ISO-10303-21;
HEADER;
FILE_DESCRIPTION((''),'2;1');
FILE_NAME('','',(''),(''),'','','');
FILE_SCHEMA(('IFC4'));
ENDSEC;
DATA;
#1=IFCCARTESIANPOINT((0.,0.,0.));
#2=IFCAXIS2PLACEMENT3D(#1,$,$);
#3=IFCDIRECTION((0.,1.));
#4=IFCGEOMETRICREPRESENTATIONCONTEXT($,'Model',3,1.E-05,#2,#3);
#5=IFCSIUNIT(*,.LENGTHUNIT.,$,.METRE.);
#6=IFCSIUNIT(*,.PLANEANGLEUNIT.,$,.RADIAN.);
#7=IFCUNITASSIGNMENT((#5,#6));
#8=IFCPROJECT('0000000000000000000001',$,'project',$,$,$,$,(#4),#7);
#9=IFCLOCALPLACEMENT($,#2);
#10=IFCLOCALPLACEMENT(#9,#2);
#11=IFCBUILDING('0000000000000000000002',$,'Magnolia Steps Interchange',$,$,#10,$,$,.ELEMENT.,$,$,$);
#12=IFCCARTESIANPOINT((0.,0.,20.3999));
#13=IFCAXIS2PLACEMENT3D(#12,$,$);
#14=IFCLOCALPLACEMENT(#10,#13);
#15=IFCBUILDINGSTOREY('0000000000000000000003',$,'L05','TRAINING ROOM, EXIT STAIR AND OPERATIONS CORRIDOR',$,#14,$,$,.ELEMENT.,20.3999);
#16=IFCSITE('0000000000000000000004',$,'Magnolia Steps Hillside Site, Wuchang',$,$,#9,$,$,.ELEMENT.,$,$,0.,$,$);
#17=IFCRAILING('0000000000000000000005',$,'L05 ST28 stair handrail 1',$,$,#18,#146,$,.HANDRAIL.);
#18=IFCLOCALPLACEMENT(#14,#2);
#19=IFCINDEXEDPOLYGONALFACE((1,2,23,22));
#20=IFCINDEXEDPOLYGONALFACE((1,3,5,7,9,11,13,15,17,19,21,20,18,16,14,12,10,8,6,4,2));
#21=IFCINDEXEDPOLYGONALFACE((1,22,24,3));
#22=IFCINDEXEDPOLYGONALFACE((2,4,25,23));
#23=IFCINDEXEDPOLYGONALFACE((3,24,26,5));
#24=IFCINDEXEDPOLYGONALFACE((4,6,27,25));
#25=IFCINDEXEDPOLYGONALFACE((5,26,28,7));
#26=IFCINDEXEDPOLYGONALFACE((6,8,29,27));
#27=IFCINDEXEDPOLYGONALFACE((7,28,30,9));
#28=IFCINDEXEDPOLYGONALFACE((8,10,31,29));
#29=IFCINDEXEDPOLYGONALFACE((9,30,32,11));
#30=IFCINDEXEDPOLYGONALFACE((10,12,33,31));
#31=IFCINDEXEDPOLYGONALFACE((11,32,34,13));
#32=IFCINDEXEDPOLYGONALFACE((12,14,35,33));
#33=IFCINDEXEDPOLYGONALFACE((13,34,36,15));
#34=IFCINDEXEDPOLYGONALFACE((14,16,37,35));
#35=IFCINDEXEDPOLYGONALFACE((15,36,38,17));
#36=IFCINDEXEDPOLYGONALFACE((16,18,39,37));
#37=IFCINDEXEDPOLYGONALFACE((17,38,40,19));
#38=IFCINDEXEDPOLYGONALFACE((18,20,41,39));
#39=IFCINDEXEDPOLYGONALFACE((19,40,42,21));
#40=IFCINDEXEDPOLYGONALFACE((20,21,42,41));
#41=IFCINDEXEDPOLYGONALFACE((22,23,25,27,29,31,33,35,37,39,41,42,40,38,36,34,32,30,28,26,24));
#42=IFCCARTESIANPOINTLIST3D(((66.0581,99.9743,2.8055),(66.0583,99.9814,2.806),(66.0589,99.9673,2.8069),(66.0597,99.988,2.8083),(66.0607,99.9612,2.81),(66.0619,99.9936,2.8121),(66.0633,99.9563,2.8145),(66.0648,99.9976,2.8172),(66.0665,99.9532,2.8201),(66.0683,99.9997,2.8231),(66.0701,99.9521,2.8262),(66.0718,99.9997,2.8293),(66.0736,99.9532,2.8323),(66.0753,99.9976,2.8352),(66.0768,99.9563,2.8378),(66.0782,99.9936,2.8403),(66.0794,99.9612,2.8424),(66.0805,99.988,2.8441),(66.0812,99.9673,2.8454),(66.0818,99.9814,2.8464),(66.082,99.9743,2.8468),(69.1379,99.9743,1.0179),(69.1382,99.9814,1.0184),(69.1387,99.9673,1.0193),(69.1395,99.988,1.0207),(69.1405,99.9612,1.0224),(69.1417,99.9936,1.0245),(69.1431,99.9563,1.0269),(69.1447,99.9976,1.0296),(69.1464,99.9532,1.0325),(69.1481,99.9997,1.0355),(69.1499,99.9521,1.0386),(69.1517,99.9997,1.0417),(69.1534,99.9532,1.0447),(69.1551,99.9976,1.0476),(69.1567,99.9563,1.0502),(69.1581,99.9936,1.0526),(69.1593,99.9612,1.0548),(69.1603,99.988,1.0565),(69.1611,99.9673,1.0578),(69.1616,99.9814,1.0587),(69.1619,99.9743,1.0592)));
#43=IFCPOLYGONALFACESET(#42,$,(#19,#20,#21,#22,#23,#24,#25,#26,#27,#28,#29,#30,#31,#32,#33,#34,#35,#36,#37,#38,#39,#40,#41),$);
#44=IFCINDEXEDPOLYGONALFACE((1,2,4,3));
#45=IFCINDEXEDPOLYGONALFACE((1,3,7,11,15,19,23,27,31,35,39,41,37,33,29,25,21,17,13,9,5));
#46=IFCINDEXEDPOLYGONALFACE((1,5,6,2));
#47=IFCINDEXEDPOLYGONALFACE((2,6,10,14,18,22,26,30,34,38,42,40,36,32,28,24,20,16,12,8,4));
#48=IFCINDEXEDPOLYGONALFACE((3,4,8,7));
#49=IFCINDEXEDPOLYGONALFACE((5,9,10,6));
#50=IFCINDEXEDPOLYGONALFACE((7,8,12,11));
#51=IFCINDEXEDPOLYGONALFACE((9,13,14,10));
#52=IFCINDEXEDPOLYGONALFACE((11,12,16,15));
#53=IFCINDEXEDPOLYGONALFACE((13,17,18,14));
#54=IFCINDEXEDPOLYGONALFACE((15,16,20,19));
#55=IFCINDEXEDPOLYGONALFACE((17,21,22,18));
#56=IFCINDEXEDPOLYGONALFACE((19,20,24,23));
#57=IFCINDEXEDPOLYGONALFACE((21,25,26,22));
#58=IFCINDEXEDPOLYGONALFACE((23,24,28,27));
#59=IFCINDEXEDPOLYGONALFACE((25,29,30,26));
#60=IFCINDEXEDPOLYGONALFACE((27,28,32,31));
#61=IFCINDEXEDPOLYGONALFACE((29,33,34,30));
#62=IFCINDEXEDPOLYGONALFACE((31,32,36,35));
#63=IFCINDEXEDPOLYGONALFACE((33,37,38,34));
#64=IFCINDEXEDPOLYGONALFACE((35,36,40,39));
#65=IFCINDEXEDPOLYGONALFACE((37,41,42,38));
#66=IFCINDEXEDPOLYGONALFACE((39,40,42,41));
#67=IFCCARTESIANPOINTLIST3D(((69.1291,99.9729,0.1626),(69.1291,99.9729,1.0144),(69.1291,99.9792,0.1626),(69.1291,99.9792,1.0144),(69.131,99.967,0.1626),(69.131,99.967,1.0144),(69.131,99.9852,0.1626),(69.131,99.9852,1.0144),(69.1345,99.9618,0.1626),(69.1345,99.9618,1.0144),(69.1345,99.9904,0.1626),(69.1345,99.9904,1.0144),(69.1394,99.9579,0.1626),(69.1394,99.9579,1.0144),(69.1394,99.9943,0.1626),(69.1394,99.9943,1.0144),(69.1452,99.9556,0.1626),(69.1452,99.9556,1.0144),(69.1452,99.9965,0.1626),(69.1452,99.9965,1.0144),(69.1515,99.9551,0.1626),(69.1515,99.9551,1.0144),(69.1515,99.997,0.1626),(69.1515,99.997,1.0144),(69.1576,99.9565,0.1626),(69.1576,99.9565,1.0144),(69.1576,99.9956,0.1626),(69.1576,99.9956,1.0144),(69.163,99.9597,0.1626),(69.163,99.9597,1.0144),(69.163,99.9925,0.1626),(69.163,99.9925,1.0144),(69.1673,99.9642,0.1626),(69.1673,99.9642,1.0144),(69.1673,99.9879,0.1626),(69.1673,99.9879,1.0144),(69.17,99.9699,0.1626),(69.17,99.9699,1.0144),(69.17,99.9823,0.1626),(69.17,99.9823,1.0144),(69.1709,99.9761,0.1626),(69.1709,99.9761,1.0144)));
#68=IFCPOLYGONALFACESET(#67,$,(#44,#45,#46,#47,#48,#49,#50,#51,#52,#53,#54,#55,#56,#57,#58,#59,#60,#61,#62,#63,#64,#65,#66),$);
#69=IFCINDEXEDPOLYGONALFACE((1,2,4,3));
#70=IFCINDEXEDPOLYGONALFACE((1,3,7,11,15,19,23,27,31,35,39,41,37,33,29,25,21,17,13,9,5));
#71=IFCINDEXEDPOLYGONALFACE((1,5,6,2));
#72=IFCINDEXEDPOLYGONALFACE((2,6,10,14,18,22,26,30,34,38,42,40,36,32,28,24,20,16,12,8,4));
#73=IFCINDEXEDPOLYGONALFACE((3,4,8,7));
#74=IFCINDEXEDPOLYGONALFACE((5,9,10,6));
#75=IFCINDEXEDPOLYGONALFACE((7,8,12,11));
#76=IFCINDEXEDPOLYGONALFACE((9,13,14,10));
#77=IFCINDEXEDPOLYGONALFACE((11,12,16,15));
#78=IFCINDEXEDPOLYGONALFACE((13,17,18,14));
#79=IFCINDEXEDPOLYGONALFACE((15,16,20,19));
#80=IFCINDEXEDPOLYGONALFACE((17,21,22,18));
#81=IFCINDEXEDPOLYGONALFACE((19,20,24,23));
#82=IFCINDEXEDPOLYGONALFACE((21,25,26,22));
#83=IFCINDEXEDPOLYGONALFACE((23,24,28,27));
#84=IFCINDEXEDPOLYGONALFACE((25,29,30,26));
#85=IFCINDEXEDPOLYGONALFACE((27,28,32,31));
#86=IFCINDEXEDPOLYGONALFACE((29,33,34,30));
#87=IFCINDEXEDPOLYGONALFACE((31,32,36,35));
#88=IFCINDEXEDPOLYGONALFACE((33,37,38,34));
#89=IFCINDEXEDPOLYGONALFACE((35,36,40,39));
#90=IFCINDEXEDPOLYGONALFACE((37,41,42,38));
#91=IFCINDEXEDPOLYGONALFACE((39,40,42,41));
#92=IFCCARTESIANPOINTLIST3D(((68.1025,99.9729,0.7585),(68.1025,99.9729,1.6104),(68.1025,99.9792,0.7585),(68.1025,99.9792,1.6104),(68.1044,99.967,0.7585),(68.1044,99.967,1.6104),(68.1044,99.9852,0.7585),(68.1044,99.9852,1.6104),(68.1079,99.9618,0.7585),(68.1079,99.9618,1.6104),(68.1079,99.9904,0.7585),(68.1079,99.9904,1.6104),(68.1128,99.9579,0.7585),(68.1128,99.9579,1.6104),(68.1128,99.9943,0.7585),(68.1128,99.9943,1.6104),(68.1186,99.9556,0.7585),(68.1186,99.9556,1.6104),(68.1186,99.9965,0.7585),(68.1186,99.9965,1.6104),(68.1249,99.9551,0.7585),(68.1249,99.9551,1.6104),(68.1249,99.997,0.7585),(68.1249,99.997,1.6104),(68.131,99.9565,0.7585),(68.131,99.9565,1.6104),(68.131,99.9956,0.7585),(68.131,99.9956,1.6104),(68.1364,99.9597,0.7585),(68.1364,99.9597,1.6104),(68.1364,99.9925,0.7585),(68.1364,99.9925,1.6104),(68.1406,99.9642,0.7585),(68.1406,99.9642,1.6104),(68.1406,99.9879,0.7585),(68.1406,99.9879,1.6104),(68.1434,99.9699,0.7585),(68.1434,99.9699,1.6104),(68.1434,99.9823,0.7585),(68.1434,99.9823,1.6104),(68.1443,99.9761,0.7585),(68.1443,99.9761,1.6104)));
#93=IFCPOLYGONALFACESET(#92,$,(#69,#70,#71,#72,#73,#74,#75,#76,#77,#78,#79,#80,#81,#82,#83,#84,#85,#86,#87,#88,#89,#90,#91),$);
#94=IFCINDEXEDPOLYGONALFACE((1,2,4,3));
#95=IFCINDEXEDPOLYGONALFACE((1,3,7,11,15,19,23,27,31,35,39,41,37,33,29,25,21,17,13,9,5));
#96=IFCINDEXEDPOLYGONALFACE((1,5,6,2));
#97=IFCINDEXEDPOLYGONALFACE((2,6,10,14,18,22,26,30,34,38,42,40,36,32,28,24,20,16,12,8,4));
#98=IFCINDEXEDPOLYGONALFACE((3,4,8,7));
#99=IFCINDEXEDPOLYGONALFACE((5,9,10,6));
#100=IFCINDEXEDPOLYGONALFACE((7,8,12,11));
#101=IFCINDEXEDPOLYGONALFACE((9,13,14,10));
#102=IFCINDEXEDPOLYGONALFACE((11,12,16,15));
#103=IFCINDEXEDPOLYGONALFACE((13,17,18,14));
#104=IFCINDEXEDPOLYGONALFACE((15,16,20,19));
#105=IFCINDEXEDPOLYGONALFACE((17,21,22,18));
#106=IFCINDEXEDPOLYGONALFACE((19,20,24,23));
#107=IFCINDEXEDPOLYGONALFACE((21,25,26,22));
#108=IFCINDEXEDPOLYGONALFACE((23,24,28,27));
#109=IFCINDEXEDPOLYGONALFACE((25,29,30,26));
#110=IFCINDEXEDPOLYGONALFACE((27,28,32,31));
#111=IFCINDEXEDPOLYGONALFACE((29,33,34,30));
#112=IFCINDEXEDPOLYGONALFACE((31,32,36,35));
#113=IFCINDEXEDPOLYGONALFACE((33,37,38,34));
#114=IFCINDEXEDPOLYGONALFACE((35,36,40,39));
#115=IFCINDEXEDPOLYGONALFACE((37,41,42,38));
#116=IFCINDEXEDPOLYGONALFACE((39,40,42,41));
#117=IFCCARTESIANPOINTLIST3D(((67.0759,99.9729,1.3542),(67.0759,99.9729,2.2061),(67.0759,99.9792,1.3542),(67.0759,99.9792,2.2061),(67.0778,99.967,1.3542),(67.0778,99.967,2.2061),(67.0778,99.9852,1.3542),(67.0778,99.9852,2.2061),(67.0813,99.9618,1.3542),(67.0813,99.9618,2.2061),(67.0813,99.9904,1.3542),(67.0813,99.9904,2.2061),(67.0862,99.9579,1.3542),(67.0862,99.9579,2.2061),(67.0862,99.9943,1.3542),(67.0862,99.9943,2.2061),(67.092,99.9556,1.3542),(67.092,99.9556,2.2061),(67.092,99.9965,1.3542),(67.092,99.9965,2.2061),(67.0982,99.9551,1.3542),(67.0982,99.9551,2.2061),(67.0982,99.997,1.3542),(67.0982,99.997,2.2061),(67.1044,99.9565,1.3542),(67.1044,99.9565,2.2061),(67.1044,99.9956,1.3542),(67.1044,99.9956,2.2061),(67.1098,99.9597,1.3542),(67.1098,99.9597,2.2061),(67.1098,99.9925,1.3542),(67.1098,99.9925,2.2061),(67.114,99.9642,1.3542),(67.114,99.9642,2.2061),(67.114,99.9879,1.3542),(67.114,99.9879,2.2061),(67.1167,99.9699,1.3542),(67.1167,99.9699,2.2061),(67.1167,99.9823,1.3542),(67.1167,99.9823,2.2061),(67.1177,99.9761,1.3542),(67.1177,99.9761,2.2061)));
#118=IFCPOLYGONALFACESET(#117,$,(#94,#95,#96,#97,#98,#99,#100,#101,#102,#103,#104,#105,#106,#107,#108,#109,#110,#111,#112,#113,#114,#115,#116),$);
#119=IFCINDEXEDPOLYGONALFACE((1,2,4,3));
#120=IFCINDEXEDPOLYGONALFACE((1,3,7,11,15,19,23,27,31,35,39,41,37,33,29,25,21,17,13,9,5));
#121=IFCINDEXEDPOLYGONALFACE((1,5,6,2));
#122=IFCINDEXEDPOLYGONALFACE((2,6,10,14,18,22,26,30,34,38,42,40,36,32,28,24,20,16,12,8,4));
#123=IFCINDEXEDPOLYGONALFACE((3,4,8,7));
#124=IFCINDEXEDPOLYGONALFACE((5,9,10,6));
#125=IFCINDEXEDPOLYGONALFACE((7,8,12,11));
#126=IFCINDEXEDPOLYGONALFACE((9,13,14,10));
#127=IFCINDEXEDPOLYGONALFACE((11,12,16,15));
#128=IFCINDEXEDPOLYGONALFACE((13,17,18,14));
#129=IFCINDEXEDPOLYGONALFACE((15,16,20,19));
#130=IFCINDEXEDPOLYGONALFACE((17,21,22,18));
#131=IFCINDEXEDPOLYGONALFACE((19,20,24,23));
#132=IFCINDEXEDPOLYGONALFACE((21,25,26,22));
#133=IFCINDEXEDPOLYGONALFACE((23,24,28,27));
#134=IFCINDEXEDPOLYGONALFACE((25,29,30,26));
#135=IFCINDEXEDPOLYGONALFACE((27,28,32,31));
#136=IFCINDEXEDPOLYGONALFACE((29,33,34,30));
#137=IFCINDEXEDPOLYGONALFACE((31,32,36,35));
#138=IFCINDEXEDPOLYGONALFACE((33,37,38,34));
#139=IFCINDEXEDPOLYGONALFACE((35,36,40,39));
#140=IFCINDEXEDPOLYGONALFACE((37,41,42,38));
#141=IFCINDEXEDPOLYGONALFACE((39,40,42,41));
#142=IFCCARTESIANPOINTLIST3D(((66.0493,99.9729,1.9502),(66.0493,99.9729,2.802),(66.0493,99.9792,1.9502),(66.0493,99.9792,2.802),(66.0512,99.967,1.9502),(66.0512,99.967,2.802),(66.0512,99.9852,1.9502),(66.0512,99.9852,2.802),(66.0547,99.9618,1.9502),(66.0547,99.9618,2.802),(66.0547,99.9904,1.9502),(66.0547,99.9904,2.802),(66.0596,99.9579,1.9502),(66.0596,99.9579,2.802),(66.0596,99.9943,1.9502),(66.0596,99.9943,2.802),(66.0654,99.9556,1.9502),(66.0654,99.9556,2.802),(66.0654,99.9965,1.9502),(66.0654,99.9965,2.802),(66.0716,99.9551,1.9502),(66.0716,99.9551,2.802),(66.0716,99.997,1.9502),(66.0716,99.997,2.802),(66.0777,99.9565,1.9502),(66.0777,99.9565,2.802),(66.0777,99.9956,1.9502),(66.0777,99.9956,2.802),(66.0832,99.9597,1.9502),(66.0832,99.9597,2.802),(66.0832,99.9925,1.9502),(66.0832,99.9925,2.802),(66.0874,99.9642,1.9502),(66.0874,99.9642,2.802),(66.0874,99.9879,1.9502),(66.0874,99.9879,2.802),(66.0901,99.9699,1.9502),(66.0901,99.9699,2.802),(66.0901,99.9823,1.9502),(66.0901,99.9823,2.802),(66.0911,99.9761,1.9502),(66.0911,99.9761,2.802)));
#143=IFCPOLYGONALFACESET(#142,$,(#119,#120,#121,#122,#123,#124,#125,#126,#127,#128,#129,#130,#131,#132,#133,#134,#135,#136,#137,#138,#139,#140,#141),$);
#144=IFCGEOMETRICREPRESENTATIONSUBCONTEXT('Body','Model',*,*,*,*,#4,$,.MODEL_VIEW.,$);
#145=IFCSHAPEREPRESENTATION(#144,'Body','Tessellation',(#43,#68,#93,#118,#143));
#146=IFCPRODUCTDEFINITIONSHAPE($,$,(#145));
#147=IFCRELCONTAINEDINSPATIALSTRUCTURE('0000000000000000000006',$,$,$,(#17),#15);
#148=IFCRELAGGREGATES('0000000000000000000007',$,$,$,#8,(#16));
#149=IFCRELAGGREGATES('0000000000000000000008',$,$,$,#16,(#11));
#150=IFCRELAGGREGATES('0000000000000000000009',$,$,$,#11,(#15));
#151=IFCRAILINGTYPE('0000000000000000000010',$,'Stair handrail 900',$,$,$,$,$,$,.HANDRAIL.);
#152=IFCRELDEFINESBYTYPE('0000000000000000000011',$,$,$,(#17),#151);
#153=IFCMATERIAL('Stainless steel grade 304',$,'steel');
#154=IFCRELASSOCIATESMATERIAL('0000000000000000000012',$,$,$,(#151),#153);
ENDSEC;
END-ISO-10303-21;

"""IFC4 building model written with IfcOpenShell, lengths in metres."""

from ifc_helpers import new_model, si_unit, direction, frame, origin, origin_2d, place, context, subcontext, project, spatial, circle, extrude, material, type_object, element, save


model = new_model("IFC4")

# Units and contexts
model_context = context("Model", 3, precision=1e-05, world=origin(), true_north=direction((0.0, 1.0)))
body_context = subcontext(model_context, "Body", "Model", "MODEL_VIEW")
ifc_project = project(units=[si_unit("LENGTHUNIT", "METRE"), si_unit("PLANEANGLEUNIT", "RADIAN")], contexts=[model_context])

# Site, building, storey
site_placement = place(None, origin())
site = spatial("IfcSite", under=ifc_project, at=site_placement, Name="Magnolia Steps Hillside Site, Wuchang", CompositionType="ELEMENT", RefElevation=0.0)
building_placement = place(site_placement, origin())
building = spatial("IfcBuilding", under=site, at=building_placement, Name="Magnolia Steps Interchange", CompositionType="ELEMENT")
storey_placement = place(building_placement, frame((0.0, 0.0, 20.3999)))
storey = spatial("IfcBuildingStorey", under=building, at=storey_placement, Name="L05", Description="TRAINING ROOM, EXIT STAIR AND OPERATIONS CORRIDOR", CompositionType="ELEMENT", Elevation=20.3999)

# Railing
ifc_material_1 = material(Name="Stainless steel grade 304", Category="steel")
railing_type_1 = type_object("IfcRailingType", Name="Stair handrail 900", PredefinedType="HANDRAIL", material=ifc_material_1)
railing_1_placement = place(storey_placement, frame((69.1499, 99.9761, 0.1626)))
element("IfcRailing", 1, at=railing_1_placement, inside=storey, type_object=railing_type_1, Name="L05 ST28 stair handrail 1", PredefinedType="HANDRAIL", context=body_context, shape_type="SweptSolid", body=[
    extrude(circle(Radius=0.0239, at=origin_2d()), frame((0.0, 0.0, 0.876), z_axis=(-0.864873, 0.0, 0.50199), x_axis=(0.0, -1.0, 0.0)), (0.0, 0.0, 1.0), 3.561),
    extrude(circle(Radius=0.021, at=origin_2d()), origin(), (0.0, 0.0, 1.0), 0.8518),
    extrude(circle(Radius=0.021, at=origin_2d()), frame((-1.0266, 0.0, 0.5959)), (0.0, 0.0, 1.0), 0.8518),
    extrude(circle(Radius=0.021, at=origin_2d()), frame((-2.0532, 0.0, 1.1917)), (0.0, 0.0, 1.0), 0.8518),
    extrude(circle(Radius=0.021, at=origin_2d()), frame((-3.0798, 0.0, 1.7876)), (0.0, 0.0, 1.0), 0.8518),
])

save(model, "model.ifc")
